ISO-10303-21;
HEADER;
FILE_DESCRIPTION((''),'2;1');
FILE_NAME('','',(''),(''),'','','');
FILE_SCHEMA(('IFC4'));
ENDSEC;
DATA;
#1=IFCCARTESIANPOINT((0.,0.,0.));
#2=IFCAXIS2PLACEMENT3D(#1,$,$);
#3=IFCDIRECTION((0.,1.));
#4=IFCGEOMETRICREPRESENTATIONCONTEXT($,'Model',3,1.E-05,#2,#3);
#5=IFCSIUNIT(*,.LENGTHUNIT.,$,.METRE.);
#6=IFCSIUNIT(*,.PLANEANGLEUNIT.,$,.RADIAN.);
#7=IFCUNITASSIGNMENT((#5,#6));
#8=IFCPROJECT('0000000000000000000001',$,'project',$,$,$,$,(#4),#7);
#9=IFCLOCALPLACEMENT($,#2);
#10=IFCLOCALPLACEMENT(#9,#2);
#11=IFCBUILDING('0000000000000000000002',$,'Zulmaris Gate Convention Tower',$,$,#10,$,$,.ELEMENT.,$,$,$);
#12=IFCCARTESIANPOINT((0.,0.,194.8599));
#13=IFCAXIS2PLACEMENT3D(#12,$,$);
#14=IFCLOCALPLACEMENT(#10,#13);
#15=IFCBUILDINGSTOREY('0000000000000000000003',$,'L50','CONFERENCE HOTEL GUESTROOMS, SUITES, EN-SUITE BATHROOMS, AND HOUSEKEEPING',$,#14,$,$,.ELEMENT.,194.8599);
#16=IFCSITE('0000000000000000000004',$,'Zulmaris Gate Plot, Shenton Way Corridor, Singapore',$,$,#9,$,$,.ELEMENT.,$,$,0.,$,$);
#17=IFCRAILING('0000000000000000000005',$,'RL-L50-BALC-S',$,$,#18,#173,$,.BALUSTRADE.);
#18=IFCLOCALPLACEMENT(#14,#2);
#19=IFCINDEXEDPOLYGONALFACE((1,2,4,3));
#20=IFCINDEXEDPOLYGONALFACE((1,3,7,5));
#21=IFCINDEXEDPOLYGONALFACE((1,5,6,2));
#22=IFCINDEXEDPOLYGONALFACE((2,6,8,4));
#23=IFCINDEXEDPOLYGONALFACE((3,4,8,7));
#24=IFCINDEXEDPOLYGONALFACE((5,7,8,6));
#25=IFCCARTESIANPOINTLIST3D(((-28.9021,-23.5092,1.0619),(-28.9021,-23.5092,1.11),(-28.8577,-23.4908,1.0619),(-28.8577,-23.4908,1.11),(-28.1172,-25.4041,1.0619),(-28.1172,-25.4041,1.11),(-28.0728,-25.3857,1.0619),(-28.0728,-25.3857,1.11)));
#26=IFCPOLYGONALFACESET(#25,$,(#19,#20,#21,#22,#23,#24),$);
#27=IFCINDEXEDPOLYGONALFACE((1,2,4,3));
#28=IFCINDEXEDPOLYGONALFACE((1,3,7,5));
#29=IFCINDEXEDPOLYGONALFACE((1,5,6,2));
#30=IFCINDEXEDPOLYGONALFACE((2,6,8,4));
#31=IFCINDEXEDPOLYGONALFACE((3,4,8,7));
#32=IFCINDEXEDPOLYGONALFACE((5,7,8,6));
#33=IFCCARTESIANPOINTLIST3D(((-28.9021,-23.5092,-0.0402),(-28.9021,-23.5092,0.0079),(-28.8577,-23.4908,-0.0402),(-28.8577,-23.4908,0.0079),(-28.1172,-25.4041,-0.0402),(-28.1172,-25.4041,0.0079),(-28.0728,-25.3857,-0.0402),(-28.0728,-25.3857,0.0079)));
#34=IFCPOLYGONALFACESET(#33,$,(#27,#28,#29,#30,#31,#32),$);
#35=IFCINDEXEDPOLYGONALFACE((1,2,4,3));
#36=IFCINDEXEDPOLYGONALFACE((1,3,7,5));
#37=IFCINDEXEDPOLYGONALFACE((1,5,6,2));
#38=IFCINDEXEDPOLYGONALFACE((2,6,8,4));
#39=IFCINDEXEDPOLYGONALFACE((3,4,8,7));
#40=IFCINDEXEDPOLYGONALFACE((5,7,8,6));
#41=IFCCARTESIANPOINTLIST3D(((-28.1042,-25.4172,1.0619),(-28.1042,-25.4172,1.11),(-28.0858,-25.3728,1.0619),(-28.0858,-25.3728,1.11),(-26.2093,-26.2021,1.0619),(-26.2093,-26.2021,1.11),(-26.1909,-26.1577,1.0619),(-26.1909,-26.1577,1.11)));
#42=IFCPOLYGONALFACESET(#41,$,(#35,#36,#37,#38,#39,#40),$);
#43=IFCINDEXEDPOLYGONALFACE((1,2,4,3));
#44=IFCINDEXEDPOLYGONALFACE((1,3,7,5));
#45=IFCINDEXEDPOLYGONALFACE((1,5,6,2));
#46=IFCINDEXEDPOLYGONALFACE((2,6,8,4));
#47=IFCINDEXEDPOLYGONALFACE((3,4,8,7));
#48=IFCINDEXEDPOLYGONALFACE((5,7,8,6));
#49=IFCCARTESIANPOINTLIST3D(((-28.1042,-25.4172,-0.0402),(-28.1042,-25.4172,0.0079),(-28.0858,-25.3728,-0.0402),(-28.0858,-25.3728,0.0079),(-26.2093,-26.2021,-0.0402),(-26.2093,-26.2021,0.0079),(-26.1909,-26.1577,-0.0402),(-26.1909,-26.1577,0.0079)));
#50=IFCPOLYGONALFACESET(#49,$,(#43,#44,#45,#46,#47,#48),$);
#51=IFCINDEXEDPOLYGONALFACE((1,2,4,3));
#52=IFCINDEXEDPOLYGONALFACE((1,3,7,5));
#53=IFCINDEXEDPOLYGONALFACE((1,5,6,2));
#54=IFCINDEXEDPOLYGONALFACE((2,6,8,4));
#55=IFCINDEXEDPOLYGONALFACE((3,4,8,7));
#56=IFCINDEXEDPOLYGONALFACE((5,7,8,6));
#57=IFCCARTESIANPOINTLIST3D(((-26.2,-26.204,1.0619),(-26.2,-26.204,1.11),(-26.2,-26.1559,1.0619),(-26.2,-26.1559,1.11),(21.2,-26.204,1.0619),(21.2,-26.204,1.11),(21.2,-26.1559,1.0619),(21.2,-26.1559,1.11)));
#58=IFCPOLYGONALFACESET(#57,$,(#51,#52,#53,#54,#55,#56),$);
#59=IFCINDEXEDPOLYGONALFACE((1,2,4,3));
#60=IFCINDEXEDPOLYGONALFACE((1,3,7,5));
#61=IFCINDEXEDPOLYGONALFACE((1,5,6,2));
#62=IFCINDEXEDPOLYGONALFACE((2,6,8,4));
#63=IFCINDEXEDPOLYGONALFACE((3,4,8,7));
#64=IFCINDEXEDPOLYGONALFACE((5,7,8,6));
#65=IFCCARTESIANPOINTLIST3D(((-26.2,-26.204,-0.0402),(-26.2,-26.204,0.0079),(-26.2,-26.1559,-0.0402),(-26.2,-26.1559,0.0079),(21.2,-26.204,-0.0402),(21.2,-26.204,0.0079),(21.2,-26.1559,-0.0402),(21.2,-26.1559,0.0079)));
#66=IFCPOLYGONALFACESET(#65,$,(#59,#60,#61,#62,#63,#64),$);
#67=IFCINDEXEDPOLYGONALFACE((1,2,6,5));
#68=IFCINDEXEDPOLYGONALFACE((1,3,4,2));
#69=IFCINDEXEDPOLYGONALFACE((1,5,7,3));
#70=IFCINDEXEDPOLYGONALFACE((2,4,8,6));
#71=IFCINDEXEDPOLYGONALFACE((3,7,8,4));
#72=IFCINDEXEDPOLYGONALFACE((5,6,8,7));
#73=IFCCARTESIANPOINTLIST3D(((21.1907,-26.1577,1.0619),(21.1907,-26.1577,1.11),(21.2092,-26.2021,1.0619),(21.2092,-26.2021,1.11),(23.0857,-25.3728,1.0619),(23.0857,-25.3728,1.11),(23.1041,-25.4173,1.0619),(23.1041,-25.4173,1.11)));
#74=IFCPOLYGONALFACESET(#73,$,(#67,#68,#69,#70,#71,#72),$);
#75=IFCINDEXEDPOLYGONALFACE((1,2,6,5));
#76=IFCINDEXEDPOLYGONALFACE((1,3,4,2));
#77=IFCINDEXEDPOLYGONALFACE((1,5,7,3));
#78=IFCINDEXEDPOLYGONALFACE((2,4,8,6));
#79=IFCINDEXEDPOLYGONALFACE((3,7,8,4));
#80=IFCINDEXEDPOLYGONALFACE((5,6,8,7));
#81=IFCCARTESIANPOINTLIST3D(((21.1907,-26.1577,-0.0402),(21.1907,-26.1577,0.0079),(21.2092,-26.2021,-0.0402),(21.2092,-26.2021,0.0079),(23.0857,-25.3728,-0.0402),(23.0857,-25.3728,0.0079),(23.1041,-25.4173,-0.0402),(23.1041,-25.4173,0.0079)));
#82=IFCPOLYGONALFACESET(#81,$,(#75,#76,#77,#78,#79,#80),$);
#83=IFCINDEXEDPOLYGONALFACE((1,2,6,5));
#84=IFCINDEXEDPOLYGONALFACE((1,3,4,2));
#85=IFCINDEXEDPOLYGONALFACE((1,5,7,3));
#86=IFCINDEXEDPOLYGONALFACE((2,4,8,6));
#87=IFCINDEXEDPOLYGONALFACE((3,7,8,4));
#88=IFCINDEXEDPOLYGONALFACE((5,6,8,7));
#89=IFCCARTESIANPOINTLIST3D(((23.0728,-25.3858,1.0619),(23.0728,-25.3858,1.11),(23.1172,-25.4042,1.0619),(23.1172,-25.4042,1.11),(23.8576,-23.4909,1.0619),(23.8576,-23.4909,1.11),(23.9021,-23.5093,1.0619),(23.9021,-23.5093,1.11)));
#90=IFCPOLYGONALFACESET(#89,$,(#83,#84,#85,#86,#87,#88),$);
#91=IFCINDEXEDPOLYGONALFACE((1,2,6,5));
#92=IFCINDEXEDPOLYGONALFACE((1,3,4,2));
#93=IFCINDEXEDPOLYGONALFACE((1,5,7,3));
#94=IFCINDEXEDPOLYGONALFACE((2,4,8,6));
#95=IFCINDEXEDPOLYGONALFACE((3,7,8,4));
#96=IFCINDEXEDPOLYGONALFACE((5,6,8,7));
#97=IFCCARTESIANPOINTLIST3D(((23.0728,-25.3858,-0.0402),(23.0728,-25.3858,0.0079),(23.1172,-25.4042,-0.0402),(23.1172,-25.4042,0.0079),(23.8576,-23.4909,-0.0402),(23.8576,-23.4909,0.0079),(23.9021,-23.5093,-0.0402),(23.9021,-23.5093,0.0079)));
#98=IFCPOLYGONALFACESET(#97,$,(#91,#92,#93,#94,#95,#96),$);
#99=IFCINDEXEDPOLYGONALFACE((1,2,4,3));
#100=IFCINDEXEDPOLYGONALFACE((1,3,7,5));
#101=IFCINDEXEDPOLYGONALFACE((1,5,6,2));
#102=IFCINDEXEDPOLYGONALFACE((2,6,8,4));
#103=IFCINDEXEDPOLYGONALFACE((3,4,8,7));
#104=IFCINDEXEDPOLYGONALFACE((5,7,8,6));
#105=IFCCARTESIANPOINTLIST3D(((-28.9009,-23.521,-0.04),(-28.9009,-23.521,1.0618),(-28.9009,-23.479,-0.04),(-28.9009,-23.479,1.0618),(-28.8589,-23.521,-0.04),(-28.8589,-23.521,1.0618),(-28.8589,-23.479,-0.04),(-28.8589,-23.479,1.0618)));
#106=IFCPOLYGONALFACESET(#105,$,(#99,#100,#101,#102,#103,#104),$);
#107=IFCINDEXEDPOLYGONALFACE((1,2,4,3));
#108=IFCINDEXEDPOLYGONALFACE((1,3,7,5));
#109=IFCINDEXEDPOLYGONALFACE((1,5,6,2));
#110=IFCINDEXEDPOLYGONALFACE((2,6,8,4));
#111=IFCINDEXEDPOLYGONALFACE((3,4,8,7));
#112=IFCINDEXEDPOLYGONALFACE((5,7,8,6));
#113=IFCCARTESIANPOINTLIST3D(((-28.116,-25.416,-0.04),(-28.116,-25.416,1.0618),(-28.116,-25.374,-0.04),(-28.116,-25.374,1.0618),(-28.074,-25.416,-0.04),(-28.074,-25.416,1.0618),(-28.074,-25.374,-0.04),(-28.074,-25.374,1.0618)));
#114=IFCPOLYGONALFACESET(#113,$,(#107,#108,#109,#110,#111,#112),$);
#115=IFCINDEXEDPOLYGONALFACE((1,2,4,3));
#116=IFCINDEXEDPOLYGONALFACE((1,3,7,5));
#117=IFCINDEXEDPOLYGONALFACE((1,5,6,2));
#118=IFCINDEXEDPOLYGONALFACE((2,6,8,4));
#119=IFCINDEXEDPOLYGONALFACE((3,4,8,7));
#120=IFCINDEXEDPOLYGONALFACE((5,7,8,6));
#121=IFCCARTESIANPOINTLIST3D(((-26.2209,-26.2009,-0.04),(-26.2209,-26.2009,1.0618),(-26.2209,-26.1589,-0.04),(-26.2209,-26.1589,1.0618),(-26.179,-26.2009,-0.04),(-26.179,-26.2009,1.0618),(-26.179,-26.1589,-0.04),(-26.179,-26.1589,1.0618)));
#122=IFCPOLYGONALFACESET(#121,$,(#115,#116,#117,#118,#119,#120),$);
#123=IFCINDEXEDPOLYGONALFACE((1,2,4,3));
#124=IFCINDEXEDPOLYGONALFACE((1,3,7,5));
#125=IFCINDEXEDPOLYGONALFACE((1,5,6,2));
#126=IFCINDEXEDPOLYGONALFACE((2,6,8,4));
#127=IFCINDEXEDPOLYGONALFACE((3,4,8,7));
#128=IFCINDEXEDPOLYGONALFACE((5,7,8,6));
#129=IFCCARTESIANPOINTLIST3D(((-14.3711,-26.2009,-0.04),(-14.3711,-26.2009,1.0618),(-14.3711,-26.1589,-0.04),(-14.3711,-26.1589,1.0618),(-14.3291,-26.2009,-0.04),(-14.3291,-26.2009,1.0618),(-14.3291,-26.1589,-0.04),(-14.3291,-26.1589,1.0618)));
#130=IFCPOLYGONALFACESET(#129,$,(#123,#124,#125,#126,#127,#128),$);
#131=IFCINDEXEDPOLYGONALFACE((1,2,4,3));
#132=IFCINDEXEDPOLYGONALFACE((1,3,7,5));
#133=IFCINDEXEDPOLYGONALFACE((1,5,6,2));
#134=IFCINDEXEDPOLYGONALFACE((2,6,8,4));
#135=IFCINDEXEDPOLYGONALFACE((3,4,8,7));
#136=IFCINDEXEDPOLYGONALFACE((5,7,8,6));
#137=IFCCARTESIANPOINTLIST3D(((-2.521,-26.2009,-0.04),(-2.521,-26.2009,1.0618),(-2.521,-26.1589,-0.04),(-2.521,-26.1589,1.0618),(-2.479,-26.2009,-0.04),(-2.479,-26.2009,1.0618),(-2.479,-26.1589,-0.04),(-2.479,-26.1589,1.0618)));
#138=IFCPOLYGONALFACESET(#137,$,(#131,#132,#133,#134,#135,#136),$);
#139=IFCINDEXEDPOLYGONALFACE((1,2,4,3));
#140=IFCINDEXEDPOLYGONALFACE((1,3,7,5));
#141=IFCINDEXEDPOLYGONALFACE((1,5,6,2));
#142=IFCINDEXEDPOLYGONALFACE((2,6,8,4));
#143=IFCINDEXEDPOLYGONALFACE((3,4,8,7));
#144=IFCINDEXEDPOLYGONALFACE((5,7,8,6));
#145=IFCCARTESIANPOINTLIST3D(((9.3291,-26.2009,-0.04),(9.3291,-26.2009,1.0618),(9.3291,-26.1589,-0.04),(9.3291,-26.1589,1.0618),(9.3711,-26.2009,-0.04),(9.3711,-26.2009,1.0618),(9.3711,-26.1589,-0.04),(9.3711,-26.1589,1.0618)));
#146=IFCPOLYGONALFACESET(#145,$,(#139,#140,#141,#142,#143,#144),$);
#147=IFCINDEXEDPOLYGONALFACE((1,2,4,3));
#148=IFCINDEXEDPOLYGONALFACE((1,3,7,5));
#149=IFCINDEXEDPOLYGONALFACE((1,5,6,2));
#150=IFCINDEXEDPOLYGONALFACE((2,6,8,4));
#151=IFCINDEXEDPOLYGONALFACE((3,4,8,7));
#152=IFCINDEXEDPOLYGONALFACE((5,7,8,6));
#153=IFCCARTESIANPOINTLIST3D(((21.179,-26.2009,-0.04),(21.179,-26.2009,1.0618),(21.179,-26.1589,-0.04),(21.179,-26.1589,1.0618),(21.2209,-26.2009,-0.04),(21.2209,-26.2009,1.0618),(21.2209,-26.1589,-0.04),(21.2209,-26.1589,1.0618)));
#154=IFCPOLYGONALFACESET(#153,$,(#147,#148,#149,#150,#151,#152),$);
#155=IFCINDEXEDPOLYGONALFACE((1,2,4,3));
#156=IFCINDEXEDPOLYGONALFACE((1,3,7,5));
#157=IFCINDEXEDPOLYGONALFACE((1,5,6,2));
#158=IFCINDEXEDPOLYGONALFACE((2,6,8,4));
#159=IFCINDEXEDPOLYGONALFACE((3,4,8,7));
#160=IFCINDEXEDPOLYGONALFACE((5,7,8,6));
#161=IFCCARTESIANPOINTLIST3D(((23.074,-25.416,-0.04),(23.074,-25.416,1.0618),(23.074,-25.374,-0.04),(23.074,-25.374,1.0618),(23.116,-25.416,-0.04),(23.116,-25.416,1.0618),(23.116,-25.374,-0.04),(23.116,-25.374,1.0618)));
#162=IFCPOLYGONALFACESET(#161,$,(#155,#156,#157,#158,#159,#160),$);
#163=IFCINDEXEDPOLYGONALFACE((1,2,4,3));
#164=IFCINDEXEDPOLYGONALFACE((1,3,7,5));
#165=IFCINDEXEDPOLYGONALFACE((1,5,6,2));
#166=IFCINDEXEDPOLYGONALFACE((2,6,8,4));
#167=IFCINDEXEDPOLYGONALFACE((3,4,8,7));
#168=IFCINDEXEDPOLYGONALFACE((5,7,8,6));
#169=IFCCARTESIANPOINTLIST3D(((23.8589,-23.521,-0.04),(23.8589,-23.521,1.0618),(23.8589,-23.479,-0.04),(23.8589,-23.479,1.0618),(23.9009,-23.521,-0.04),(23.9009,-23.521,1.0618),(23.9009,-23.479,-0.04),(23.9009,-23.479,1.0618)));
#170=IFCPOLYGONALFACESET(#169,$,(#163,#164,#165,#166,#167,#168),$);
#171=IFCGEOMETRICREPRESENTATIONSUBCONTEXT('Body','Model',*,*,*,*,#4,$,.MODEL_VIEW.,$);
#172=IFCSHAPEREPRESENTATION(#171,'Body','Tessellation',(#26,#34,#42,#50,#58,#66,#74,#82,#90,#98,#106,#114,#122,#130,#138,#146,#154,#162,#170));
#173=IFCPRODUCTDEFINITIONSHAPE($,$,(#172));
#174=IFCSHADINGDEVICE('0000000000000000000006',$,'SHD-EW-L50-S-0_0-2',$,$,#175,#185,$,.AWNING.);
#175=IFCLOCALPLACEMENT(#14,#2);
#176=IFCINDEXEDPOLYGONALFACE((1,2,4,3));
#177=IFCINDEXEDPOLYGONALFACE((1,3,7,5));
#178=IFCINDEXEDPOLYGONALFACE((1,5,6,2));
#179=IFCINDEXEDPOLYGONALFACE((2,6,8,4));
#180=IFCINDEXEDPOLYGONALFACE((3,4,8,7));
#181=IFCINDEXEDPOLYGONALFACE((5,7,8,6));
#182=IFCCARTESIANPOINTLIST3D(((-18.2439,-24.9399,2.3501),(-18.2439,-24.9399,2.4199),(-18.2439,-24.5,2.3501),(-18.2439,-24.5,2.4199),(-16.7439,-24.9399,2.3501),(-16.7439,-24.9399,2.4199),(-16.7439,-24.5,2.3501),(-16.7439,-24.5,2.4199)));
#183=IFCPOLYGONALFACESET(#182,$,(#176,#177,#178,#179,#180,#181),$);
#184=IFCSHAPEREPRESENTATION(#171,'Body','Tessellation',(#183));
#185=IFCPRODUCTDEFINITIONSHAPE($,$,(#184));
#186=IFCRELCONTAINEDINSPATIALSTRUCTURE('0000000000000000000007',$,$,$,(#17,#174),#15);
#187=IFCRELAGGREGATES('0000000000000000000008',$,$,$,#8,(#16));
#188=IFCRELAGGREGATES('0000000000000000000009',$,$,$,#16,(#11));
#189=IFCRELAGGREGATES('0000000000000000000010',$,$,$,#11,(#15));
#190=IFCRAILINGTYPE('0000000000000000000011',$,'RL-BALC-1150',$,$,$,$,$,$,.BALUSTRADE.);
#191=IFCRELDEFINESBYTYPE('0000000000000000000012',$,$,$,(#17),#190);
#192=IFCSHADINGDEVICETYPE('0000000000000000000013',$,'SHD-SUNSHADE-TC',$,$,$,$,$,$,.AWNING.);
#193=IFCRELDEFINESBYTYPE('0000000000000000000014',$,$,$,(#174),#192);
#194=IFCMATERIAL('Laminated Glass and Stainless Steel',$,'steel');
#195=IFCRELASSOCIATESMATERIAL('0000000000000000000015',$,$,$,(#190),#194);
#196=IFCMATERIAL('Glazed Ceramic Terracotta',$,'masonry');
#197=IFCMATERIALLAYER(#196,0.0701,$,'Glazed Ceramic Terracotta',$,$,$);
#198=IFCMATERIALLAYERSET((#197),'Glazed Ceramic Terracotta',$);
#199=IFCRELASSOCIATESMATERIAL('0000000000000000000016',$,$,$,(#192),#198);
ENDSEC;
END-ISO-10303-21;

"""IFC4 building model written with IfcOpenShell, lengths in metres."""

from ifc_helpers import new_model, si_unit, direction, frame, frame_2d, origin, origin_2d, place, context, subcontext, project, spatial, rectangle, extrude, material, layer, layer_set, type_object, element, save


model = new_model("IFC4")

# Units and contexts
model_context = context("Model", 3, precision=1e-05, world=origin(), true_north=direction((0.0, 1.0)))
body_context = subcontext(model_context, "Body", "Model", "MODEL_VIEW")
ifc_project = project(units=[si_unit("LENGTHUNIT", "METRE"), si_unit("PLANEANGLEUNIT", "RADIAN")], contexts=[model_context])

# Site, building, storey
site_placement = place(None, origin())
site = spatial("IfcSite", under=ifc_project, at=site_placement, Name="Zulmaris Gate Plot, Shenton Way Corridor, Singapore", CompositionType="ELEMENT", RefElevation=0.0)
building_placement = place(site_placement, origin())
building = spatial("IfcBuilding", under=site, at=building_placement, Name="Zulmaris Gate Convention Tower", CompositionType="ELEMENT")
storey_placement = place(building_placement, frame((0.0, 0.0, 194.8599)))
storey = spatial("IfcBuildingStorey", under=building, at=storey_placement, Name="L50", Description="CONFERENCE HOTEL GUESTROOMS, SUITES, EN-SUITE BATHROOMS, AND HOUSEKEEPING", CompositionType="ELEMENT", Elevation=194.8599)

# Railing
ifc_material_1 = material(Name="Laminated Glass and Stainless Steel", Category="steel")
railing_type = type_object("IfcRailingType", Name="RL-BALC-1150", PredefinedType="BALUSTRADE", material=ifc_material_1)
railing_placement = place(storey_placement, frame((-28.8799, -23.5, -0.04)))
element("IfcRailing", 1, at=railing_placement, inside=storey, type_object=railing_type, Name="RL-L50-BALC-S", PredefinedType="BALUSTRADE", context=body_context, shape_type="SweptSolid", body=[
    extrude(rectangle(XDim=0.0481, YDim=0.0481, at=origin_2d()), frame((0.0, 0.0, 1.126), z_axis=(0.382671, -0.923885, 0.0), x_axis=(0.923885, 0.382671, 0.0)), (0.0, 0.0, 1.0), 2.051),
    extrude(rectangle(XDim=0.0481, YDim=0.0481, at=origin_2d()), frame((0.0, 0.0, 0.0239), z_axis=(0.382671, -0.923885, 0.0), x_axis=(0.923885, 0.382671, 0.0)), (0.0, 0.0, 1.0), 2.051),
    extrude(rectangle(XDim=0.0481, YDim=0.0481, at=origin_2d()), frame((0.7849, -1.895, 1.126), z_axis=(0.923885, -0.382671, 0.0), x_axis=(0.382671, 0.923885, 0.0)), (0.0, 0.0, 1.0), 2.051),
    extrude(rectangle(XDim=0.0481, YDim=0.0481, at=origin_2d()), frame((0.7849, -1.895, 0.0239), z_axis=(0.923885, -0.382671, 0.0), x_axis=(0.382671, 0.923885, 0.0)), (0.0, 0.0, 1.0), 2.051),
    extrude(rectangle(XDim=0.0481, YDim=0.0481, at=origin_2d()), frame((2.6799, -2.6799, 1.126), z_axis=(1.0, 0.0, 0.0), x_axis=(0.0, 1.0, 0.0)), (0.0, 0.0, 1.0), 47.3999),
    extrude(rectangle(XDim=0.0481, YDim=0.0481, at=origin_2d()), frame((2.6799, -2.6799, 0.0239), z_axis=(1.0, 0.0, 0.0), x_axis=(0.0, 1.0, 0.0)), (0.0, 0.0, 1.0), 47.3999),
    extrude(rectangle(XDim=0.0481, YDim=0.0481, at=origin_2d()), frame((50.0798, -2.6799, 1.126), z_axis=(0.923885, 0.382671, 0.0), x_axis=(-0.382671, 0.923885, 0.0)), (0.0, 0.0, 1.0), 2.051),
    extrude(rectangle(XDim=0.0481, YDim=0.0481, at=origin_2d()), frame((50.0798, -2.6799, 0.0239), z_axis=(0.923885, 0.382671, 0.0), x_axis=(-0.382671, 0.923885, 0.0)), (0.0, 0.0, 1.0), 2.051),
    extrude(rectangle(XDim=0.0481, YDim=0.0481, at=origin_2d()), frame((51.9749, -1.895, 1.126), z_axis=(0.382671, 0.923885, 0.0), x_axis=(-0.923885, 0.382671, 0.0)), (0.0, 0.0, 1.0), 2.051),
    extrude(rectangle(XDim=0.0481, YDim=0.0481, at=origin_2d()), frame((51.9749, -1.895, 0.0239), z_axis=(0.382671, 0.923885, 0.0), x_axis=(-0.923885, 0.382671, 0.0)), (0.0, 0.0, 1.0), 2.051),
    extrude(rectangle(XDim=0.042, YDim=0.042, at=origin_2d()), origin(), (0.0, 0.0, 1.0), 1.1018),
    extrude(rectangle(XDim=0.042, YDim=0.042, at=origin_2d()), frame((0.7849, -1.895, 0.0)), (0.0, 0.0, 1.0), 1.1018),
    extrude(rectangle(XDim=0.042, YDim=0.042, at=origin_2d()), frame((2.6799, -2.6799, 0.0)), (0.0, 0.0, 1.0), 1.1018),
    extrude(rectangle(XDim=0.042, YDim=0.042, at=origin_2d()), frame((14.5298, -2.6799, 0.0)), (0.0, 0.0, 1.0), 1.1018),
    extrude(rectangle(XDim=0.042, YDim=0.042, at=origin_2d()), frame((26.3799, -2.6799, 0.0)), (0.0, 0.0, 1.0), 1.1018),
    extrude(rectangle(XDim=0.042, YDim=0.042, at=origin_2d()), frame((38.23, -2.6799, 0.0)), (0.0, 0.0, 1.0), 1.1018),
    extrude(rectangle(XDim=0.042, YDim=0.042, at=origin_2d()), frame((50.0798, -2.6799, 0.0)), (0.0, 0.0, 1.0), 1.1018),
    extrude(rectangle(XDim=0.042, YDim=0.042, at=origin_2d()), frame((51.9749, -1.895, 0.0)), (0.0, 0.0, 1.0), 1.1018),
    extrude(rectangle(XDim=0.042, YDim=0.042, at=origin_2d()), frame((52.7598, 0.0, 0.0)), (0.0, 0.0, 1.0), 1.1018),
])

# Shading device
ifc_material_2 = material(Name="Glazed Ceramic Terracotta", Category="masonry")
ifc_layer_1 = layer(ifc_material_2, 0.0701, Name="Glazed Ceramic Terracotta")
ifc_layer_set_1 = layer_set([ifc_layer_1], Name="Glazed Ceramic Terracotta")
shading_device_type = type_object("IfcShadingDeviceType", Name="SHD-SUNSHADE-TC", PredefinedType="AWNING", material=ifc_layer_set_1)
shading_device_placement = place(storey_placement, frame((-18.2439, -24.72, 2.3501), z_axis=(0.0, 0.0, 1.0), x_axis=(1.0, 0.0, 0.0)))
element("IfcShadingDevice", 2, at=shading_device_placement, inside=storey, type_object=shading_device_type, Name="SHD-EW-L50-S-0_0-2", PredefinedType="AWNING", context=body_context, shape_type="SweptSolid", body=[
    extrude(rectangle(XDim=1.5, YDim=0.4399, at=frame_2d((0.75, 0.0))), origin(), (0.0, 0.0, 1.0), 0.0698),
])

save(model, "model.ifc")
